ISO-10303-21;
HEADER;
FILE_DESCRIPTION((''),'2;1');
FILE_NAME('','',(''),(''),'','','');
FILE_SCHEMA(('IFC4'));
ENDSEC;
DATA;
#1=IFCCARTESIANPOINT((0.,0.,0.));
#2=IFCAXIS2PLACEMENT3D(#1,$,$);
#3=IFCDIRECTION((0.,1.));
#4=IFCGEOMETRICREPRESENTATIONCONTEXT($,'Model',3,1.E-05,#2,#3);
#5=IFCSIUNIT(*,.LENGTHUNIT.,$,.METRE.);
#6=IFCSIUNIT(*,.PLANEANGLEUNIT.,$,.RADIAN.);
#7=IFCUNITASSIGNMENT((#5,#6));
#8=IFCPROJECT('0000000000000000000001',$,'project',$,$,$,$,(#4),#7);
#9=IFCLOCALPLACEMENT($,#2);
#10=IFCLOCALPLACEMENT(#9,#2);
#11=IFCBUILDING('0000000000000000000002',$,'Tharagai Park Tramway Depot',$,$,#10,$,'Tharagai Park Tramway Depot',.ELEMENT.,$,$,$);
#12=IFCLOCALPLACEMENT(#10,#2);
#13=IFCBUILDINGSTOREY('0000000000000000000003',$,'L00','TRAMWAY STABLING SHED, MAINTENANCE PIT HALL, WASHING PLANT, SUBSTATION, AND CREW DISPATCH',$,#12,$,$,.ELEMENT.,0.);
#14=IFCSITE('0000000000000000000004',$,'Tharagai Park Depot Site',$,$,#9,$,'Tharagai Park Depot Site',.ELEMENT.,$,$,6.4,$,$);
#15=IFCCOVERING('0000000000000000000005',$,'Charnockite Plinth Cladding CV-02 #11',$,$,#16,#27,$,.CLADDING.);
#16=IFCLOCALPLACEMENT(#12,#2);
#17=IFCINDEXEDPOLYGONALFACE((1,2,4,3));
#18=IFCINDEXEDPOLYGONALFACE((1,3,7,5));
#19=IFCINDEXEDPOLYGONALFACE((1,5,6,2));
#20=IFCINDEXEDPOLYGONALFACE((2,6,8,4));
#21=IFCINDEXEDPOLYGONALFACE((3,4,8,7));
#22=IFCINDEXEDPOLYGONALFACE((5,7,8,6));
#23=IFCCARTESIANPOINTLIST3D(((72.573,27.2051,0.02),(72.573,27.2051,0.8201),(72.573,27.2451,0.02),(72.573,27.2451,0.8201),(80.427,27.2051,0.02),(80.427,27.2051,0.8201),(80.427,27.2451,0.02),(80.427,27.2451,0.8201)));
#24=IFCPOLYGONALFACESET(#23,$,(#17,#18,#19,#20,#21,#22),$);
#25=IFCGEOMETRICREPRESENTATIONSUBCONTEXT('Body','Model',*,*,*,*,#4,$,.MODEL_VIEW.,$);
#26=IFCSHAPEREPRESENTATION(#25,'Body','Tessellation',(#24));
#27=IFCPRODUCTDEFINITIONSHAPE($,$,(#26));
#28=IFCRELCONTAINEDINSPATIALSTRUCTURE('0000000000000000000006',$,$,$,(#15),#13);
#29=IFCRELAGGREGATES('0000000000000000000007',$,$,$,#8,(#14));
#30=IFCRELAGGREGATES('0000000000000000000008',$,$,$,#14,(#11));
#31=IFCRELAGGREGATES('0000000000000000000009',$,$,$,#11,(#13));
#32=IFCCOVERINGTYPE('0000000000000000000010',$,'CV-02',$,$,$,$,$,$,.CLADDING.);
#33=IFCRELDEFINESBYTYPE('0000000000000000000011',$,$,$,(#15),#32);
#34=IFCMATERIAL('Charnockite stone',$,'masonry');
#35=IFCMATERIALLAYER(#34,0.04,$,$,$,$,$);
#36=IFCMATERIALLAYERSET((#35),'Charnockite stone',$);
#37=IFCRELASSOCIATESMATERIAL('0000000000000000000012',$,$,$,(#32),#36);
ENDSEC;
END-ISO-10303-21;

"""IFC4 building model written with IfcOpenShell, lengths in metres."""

from ifc_helpers import new_model, si_unit, direction, frame, origin, origin_2d, place, context, subcontext, project, spatial, rectangle, extrude, material, layer, layer_set, type_object, element, save


model = new_model("IFC4")

# Units and contexts
model_context = context("Model", 3, precision=1e-05, world=origin(), true_north=direction((0.0, 1.0)))
body_context = subcontext(model_context, "Body", "Model", "MODEL_VIEW")
ifc_project = project(units=[si_unit("LENGTHUNIT", "METRE"), si_unit("PLANEANGLEUNIT", "RADIAN")], contexts=[model_context])

# Site, building, storey
site_placement = place(None, origin())
site = spatial("IfcSite", under=ifc_project, at=site_placement, Name="Tharagai Park Depot Site", LongName="Tharagai Park Depot Site", CompositionType="ELEMENT", RefElevation=6.4)
building_placement = place(site_placement, origin())
building = spatial("IfcBuilding", under=site, at=building_placement, Name="Tharagai Park Tramway Depot", LongName="Tharagai Park Tramway Depot", CompositionType="ELEMENT")
storey_placement = place(building_placement, origin())
storey = spatial("IfcBuildingStorey", under=building, at=storey_placement, Name="L00", Description="TRAMWAY STABLING SHED, MAINTENANCE PIT HALL, WASHING PLANT, SUBSTATION, AND CREW DISPATCH", CompositionType="ELEMENT", Elevation=0.0)

# Covering
ifc_material_1 = material(Name="Charnockite stone", Category="masonry")
ifc_layer_1 = layer(ifc_material_1, 0.04)
ifc_layer_set_1 = layer_set([ifc_layer_1], Name="Charnockite stone")
covering_type = type_object("IfcCoveringType", Name="CV-02", PredefinedType="CLADDING", material=ifc_layer_set_1)
covering_placement = place(storey_placement, frame((76.5, 27.2251, 0.02), z_axis=(0.0, 0.0, 1.0), x_axis=(1.0, 0.0, 0.0)))
element("IfcCovering", 1, at=covering_placement, inside=storey, type_object=covering_type, Name="Charnockite Plinth Cladding CV-02 #11", PredefinedType="CLADDING", context=body_context, shape_type="SweptSolid", body=[
    extrude(rectangle(XDim=7.854, YDim=0.04, at=origin_2d()), origin(), (0.0, 0.0, 1.0), 0.8),
])

save(model, "model.ifc")
